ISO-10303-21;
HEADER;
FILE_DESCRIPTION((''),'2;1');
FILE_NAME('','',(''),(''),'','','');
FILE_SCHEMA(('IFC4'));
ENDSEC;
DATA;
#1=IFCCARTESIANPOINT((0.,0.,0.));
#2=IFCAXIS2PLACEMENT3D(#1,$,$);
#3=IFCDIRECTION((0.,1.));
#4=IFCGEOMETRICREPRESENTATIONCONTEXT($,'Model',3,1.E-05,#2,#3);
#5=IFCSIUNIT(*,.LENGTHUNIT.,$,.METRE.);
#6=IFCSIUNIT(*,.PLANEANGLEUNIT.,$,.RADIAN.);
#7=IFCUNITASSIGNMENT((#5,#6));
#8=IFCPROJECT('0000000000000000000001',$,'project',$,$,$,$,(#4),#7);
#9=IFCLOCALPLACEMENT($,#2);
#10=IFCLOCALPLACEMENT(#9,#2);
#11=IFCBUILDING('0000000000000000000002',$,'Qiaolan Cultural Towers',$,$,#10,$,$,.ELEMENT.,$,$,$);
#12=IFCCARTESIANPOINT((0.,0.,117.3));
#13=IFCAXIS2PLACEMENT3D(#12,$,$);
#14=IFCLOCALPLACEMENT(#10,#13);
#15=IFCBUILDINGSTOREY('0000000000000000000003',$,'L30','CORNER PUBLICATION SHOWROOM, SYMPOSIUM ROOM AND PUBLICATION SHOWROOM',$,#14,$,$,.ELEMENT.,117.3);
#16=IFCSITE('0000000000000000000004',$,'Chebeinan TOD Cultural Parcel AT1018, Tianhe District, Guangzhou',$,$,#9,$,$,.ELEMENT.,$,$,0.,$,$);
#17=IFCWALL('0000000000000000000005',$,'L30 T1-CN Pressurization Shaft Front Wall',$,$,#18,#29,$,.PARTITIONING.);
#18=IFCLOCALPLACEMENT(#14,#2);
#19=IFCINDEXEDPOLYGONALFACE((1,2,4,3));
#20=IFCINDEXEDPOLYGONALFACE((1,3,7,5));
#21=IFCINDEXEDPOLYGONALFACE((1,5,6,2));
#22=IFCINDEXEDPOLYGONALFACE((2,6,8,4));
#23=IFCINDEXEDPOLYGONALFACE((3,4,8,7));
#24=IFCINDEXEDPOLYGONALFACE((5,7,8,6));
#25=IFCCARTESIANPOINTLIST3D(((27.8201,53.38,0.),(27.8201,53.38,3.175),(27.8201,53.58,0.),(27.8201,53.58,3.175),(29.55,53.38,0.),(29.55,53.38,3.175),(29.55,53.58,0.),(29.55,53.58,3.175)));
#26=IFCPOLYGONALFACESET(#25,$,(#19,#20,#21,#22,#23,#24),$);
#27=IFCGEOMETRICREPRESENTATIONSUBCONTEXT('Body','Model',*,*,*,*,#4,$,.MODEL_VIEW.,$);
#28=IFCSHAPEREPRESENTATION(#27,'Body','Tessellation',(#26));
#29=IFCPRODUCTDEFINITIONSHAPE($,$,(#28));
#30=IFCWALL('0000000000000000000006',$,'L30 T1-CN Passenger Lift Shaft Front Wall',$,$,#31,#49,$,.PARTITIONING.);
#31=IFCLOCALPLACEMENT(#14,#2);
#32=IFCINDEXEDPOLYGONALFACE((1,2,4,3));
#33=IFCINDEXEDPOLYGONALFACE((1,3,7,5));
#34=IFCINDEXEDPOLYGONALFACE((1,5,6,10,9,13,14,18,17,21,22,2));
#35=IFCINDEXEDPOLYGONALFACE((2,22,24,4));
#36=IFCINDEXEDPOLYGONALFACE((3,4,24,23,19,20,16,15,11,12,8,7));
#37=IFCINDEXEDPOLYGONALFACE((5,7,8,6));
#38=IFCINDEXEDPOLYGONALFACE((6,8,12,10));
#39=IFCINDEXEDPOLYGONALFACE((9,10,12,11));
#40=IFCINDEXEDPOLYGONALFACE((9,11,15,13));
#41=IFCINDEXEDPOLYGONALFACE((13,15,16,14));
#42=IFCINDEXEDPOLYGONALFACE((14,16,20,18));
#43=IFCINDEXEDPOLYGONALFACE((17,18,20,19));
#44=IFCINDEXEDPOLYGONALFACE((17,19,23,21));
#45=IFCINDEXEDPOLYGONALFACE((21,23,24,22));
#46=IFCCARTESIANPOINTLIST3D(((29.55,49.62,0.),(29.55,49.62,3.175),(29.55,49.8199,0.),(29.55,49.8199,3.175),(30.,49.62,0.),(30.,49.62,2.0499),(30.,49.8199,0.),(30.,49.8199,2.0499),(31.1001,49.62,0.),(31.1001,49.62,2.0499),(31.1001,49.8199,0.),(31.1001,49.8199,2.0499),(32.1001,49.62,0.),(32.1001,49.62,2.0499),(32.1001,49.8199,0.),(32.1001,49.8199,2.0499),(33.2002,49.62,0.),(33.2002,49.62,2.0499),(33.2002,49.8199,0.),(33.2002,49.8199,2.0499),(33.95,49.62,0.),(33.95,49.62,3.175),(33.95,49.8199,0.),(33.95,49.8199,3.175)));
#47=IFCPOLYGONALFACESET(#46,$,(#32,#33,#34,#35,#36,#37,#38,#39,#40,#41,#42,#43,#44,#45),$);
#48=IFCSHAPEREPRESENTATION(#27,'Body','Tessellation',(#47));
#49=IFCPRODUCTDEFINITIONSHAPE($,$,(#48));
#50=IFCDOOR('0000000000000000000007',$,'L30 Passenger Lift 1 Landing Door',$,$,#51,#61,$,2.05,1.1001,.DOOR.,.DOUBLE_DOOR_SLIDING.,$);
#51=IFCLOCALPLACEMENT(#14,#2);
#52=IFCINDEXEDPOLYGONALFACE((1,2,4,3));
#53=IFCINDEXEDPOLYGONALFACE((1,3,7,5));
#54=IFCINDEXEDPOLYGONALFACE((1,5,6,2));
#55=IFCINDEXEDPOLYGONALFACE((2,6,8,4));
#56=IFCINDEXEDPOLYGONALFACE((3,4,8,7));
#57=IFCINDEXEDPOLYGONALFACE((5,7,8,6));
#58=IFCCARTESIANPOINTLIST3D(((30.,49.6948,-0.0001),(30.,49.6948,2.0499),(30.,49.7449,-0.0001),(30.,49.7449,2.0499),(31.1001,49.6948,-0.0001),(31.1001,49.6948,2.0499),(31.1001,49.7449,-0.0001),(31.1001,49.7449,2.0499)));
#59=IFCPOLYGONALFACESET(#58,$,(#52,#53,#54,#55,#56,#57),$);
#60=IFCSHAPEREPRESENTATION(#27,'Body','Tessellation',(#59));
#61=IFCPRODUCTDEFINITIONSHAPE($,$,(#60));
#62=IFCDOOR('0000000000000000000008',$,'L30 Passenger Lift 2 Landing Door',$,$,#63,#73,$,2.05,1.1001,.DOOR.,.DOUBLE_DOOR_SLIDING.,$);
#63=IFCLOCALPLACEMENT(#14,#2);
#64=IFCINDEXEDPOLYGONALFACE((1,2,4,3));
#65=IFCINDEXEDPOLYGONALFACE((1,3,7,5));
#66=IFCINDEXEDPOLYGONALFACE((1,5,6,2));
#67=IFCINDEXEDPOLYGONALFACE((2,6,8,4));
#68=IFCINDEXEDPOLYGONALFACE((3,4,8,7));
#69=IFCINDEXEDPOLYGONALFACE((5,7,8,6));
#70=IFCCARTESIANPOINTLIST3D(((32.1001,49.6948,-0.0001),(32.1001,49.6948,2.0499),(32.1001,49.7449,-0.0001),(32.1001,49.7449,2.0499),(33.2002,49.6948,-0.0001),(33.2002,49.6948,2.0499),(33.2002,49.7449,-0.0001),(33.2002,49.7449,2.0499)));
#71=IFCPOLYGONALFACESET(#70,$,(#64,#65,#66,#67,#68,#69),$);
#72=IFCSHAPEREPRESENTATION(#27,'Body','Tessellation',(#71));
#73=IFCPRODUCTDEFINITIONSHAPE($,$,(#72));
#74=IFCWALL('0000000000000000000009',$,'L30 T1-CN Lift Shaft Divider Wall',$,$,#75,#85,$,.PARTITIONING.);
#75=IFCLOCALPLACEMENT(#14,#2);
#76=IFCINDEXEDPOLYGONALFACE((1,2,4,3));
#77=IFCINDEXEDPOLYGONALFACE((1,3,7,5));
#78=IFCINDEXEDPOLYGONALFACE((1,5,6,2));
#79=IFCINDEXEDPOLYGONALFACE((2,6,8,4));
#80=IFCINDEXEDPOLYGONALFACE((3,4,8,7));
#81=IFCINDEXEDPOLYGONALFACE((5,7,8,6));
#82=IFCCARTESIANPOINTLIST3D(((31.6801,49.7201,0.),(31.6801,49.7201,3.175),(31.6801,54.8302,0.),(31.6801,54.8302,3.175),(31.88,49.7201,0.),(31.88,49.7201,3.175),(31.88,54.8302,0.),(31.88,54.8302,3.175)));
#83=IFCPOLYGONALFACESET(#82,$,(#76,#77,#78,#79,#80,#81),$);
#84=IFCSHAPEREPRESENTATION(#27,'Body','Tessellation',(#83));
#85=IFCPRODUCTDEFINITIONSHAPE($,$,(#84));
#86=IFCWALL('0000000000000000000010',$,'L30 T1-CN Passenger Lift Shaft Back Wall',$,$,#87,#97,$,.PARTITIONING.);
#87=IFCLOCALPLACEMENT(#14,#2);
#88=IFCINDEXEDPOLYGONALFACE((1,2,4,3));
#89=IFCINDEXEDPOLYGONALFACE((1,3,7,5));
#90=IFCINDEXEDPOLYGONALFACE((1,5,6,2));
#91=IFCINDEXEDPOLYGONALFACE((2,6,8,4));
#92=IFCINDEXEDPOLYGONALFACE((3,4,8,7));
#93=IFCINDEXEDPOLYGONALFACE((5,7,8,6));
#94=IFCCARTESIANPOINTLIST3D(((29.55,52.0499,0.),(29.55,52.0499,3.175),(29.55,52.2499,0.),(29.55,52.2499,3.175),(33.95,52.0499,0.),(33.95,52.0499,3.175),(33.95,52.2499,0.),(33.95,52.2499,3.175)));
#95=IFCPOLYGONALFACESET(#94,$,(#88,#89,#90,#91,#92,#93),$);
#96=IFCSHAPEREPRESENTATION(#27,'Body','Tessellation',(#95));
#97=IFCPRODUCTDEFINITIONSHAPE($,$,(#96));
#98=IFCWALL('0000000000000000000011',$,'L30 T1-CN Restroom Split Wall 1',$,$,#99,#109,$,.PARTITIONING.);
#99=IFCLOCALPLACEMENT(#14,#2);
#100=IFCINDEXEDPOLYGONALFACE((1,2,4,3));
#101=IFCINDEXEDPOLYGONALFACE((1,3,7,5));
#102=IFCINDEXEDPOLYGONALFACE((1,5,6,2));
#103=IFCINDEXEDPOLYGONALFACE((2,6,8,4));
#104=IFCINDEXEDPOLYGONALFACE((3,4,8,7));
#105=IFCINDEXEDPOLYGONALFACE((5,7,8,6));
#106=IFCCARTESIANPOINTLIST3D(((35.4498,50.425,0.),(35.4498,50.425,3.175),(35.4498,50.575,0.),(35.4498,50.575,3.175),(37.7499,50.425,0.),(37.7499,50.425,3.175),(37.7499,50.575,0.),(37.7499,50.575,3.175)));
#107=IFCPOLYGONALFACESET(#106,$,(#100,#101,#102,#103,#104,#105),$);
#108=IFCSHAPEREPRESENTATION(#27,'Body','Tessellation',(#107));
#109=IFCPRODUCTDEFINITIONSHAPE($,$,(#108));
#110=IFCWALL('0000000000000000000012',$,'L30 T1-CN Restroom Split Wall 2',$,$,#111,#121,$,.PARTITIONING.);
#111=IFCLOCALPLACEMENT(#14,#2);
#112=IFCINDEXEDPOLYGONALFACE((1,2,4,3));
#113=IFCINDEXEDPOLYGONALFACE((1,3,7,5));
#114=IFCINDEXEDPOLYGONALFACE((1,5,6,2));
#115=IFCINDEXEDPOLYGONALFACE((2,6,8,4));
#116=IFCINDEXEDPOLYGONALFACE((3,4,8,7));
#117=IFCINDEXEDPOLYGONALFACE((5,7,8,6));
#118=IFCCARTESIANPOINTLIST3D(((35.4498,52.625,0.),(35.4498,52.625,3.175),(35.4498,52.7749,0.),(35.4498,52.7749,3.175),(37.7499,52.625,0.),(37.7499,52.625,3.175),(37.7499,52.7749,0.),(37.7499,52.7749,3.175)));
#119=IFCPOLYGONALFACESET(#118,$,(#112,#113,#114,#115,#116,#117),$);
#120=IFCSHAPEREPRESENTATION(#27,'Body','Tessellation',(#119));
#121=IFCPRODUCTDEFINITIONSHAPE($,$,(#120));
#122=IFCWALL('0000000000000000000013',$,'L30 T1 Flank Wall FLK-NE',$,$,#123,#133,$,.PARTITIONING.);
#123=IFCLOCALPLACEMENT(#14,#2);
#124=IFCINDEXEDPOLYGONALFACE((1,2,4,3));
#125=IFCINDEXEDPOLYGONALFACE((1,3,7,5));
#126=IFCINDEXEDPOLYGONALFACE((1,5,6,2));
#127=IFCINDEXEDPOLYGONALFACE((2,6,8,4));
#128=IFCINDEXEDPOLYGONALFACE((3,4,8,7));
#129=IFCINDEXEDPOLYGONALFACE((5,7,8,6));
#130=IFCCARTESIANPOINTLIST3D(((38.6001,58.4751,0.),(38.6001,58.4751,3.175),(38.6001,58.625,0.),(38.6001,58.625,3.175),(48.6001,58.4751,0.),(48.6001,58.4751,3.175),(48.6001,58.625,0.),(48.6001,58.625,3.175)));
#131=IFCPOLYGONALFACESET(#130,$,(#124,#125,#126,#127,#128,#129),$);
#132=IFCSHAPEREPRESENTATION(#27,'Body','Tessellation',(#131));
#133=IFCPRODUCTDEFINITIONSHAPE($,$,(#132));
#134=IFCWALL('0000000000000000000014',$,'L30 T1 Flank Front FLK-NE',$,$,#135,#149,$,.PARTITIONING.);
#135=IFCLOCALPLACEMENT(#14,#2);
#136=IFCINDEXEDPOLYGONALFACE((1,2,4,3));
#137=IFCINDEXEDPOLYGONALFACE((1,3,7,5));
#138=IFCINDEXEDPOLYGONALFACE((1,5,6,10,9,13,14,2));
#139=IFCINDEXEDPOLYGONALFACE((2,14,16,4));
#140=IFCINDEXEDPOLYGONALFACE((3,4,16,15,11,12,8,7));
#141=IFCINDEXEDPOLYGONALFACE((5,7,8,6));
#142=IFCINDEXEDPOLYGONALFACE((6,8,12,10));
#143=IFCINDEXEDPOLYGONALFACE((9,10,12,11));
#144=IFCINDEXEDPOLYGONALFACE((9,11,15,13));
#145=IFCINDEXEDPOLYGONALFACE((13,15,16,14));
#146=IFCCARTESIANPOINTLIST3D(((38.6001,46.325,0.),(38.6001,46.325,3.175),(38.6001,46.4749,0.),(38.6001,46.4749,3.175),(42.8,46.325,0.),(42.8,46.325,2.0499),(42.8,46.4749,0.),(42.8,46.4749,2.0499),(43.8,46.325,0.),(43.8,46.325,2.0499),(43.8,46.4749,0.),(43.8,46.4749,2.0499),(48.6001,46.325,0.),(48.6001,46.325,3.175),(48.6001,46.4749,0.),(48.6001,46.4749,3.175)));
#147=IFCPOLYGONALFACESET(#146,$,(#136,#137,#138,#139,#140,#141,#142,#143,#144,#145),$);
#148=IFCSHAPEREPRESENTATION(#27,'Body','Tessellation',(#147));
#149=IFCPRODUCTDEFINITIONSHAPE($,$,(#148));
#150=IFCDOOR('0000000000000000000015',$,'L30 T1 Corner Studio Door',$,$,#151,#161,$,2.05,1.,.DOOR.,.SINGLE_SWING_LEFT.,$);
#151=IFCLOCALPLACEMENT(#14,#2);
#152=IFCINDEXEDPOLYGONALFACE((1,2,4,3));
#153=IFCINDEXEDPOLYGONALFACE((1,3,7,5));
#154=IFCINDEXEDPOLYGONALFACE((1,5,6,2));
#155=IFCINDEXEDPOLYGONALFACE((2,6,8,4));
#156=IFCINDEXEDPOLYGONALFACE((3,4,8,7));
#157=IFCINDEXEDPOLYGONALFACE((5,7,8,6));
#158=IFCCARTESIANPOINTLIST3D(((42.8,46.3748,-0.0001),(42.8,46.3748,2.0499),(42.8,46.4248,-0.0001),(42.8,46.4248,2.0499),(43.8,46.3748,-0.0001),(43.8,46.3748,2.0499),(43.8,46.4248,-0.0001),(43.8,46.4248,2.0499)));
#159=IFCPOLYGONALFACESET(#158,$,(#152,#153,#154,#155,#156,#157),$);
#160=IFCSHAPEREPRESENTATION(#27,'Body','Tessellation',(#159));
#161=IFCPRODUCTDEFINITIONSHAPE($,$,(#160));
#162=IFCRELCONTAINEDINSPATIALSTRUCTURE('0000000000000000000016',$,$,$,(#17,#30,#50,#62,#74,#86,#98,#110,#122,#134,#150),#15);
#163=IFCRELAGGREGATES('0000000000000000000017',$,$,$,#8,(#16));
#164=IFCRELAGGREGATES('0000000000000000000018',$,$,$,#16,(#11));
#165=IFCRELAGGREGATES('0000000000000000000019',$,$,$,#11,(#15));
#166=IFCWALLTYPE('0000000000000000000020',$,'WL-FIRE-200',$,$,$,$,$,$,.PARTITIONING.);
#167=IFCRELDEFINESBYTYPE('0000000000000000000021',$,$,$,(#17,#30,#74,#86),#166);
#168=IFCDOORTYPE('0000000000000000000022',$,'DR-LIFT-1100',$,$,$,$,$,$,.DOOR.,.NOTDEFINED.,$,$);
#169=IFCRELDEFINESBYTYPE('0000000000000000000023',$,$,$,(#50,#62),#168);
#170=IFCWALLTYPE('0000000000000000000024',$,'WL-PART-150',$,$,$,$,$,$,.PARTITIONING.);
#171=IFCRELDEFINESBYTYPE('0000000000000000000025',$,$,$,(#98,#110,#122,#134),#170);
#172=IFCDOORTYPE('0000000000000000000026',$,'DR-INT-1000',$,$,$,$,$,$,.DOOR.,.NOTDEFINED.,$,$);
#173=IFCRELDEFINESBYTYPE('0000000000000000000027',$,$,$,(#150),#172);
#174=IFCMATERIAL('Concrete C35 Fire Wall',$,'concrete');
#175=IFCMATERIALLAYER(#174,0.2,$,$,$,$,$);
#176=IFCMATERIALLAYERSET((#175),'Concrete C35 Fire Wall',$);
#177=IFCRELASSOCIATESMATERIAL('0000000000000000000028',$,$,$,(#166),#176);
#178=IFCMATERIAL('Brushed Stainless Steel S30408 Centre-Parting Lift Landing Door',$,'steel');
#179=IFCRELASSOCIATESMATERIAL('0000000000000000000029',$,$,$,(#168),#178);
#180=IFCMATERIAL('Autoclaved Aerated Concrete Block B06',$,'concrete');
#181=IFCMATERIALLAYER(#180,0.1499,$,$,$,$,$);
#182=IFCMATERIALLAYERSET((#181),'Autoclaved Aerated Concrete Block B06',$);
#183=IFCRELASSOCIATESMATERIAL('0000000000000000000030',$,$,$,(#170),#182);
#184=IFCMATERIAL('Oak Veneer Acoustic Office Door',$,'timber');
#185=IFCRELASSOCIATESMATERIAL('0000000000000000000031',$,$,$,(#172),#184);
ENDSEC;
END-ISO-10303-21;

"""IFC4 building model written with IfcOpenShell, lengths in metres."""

from ifc_helpers import new_model, si_unit, direction, frame, frame_2d, origin, place, context, subcontext, project, spatial, rectangle, extrude, material, layer, layer_set, type_object, element, fill, save


model = new_model("IFC4")

# Units and contexts
model_context = context("Model", 3, precision=1e-05, world=origin(), true_north=direction((0.0, 1.0)))
body_context = subcontext(model_context, "Body", "Model", "MODEL_VIEW")
ifc_project = project(units=[si_unit("LENGTHUNIT", "METRE"), si_unit("PLANEANGLEUNIT", "RADIAN")], contexts=[model_context])

# Site, building, storey
site_placement = place(None, origin())
site = spatial("IfcSite", under=ifc_project, at=site_placement, Name="Chebeinan TOD Cultural Parcel AT1018, Tianhe District, Guangzhou", CompositionType="ELEMENT", RefElevation=0.0)
building_placement = place(site_placement, origin())
building = spatial("IfcBuilding", under=site, at=building_placement, Name="Qiaolan Cultural Towers", CompositionType="ELEMENT")
storey_placement = place(building_placement, frame((0.0, 0.0, 117.3)))
storey = spatial("IfcBuildingStorey", under=building, at=storey_placement, Name="L30", Description="CORNER PUBLICATION SHOWROOM, SYMPOSIUM ROOM AND PUBLICATION SHOWROOM", CompositionType="ELEMENT", Elevation=117.3)

# Shared definitions
ifc_material_1 = material(Name="Concrete C35 Fire Wall", Category="concrete")
ifc_layer_1 = layer(ifc_material_1, 0.2)
ifc_layer_set_1 = layer_set([ifc_layer_1], Name="Concrete C35 Fire Wall")
wall_type_1 = type_object("IfcWallType", Name="WL-FIRE-200", PredefinedType="PARTITIONING", material=ifc_layer_set_1)
ifc_material_2 = material(Name="Brushed Stainless Steel S30408 Centre-Parting Lift Landing Door", Category="steel")
door_type_1 = type_object("IfcDoorType", Name="DR-LIFT-1100", OperationType="NOTDEFINED", PredefinedType="DOOR", material=ifc_material_2)

# Wall
wall_1_placement = place(storey_placement, frame((27.8201, 53.48, 0.0), z_axis=(0.0, 0.0, 1.0), x_axis=(1.0, 0.0, 0.0)))
element("IfcWall", 1, at=wall_1_placement, inside=storey, type_object=wall_type_1, Name="L30 T1-CN Pressurization Shaft Front Wall", PredefinedType="PARTITIONING", context=body_context, shape_type="SweptSolid", body=[
    extrude(rectangle(XDim=1.73, YDim=0.2, at=frame_2d((0.865, 0.0))), origin(), (0.0, 0.0, 1.0), 3.175),
])

# Wall, openings, doors
wall_2_placement = place(storey_placement, frame((29.55, 49.72, 0.0), z_axis=(0.0, 0.0, 1.0), x_axis=(1.0, 0.0, 0.0)))
wall_2 = element("IfcWall", 2, at=wall_2_placement, inside=storey, type_object=wall_type_1, Name="L30 T1-CN Passenger Lift Shaft Front Wall", PredefinedType="PARTITIONING", context=body_context, shape_type="SweptSolid", body=[
    extrude(rectangle(XDim=4.3999, YDim=0.2, at=frame_2d((2.2, 0.0))), origin(), (0.0, 0.0, 1.0), 3.175),
])
opening_1_placement = place(wall_2_placement, frame((0.45, 0.0, 0.0)))
opening_1 = element("IfcOpeningElement", 3, at=opening_1_placement, cuts=wall_2, PredefinedType="OPENING", context=body_context, shape_type="SweptSolid", body=[
    extrude(rectangle(XDim=1.1001, YDim=2.05, at=frame_2d((0.55, 1.0249))), frame((0.0, 0.1099, 0.0), z_axis=(0.0, -1.0, 0.0), x_axis=(1.0, 0.0, 0.0)), (0.0, 0.0, 1.0), 0.22),
])
opening_2_placement = place(wall_2_placement, frame((2.55, 0.0, 0.0)))
opening_2 = element("IfcOpeningElement", 4, at=opening_2_placement, cuts=wall_2, PredefinedType="OPENING", context=body_context, shape_type="SweptSolid", body=[
    extrude(rectangle(XDim=1.1001, YDim=2.05, at=frame_2d((0.55, 1.0249))), frame((0.0, 0.1099, 0.0), z_axis=(0.0, -1.0, 0.0), x_axis=(1.0, 0.0, 0.0)), (0.0, 0.0, 1.0), 0.22),
])
door_1_placement = place(opening_1_placement, origin())
door_1 = element("IfcDoor", 5, at=door_1_placement, inside=storey, type_object=door_type_1, Name="L30 Passenger Lift 1 Landing Door", OperationType="DOUBLE_DOOR_SLIDING", OverallHeight=2.05, OverallWidth=1.1001, PredefinedType="DOOR", context=body_context, shape_type="SweptSolid", body=[
    extrude(rectangle(XDim=1.1001, YDim=2.05, at=frame_2d((0.55, 1.0249))), frame((0.0, 0.0249, 0.0), z_axis=(0.0, -1.0, 0.0), x_axis=(1.0, 0.0, 0.0)), (0.0, 0.0, 1.0), 0.05),
])
fill(opening_1, door_1)
door_2_placement = place(opening_2_placement, origin())
door_2 = element("IfcDoor", 6, at=door_2_placement, inside=storey, type_object=door_type_1, Name="L30 Passenger Lift 2 Landing Door", OperationType="DOUBLE_DOOR_SLIDING", OverallHeight=2.05, OverallWidth=1.1001, PredefinedType="DOOR", context=body_context, shape_type="SweptSolid", body=[
    extrude(rectangle(XDim=1.1001, YDim=2.05, at=frame_2d((0.55, 1.0249))), frame((0.0, 0.0249, 0.0), z_axis=(0.0, -1.0, 0.0), x_axis=(1.0, 0.0, 0.0)), (0.0, 0.0, 1.0), 0.05),
])
fill(opening_2, door_2)

# Walls
wall_3_placement = place(storey_placement, frame((31.78, 49.72, 0.0), z_axis=(0.0, 0.0, 1.0), x_axis=(0.0, 1.0, 0.0)))
element("IfcWall", 7, at=wall_3_placement, inside=storey, type_object=wall_type_1, Name="L30 T1-CN Lift Shaft Divider Wall", PredefinedType="PARTITIONING", context=body_context, shape_type="SweptSolid", body=[
    extrude(rectangle(XDim=5.1101, YDim=0.2, at=frame_2d((2.5552, 0.0))), origin(), (0.0, 0.0, 1.0), 3.175),
])
wall_4_placement = place(storey_placement, frame((29.55, 52.1499, 0.0), z_axis=(0.0, 0.0, 1.0), x_axis=(1.0, 0.0, 0.0)))
element("IfcWall", 8, at=wall_4_placement, inside=storey, type_object=wall_type_1, Name="L30 T1-CN Passenger Lift Shaft Back Wall", PredefinedType="PARTITIONING", context=body_context, shape_type="SweptSolid", body=[
    extrude(rectangle(XDim=4.3999, YDim=0.2, at=frame_2d((2.2, 0.0))), origin(), (0.0, 0.0, 1.0), 3.175),
])
ifc_material_3 = material(Name="Autoclaved Aerated Concrete Block B06", Category="concrete")
ifc_layer_2 = layer(ifc_material_3, 0.1499)
ifc_layer_set_2 = layer_set([ifc_layer_2], Name="Autoclaved Aerated Concrete Block B06")
wall_type_2 = type_object("IfcWallType", Name="WL-PART-150", PredefinedType="PARTITIONING", material=ifc_layer_set_2)
for number, where, z_axis, x_axis, name in (
    (9, (35.45, 50.5, 0.0), (0.0, 0.0, 1.0), (1.0, 0.0, 0.0), "L30 T1-CN Restroom Split Wall 1"),
    (10, (35.45, 52.7, 0.0), (0.0, 0.0, 1.0), (1.0, 0.0, 0.0), "L30 T1-CN Restroom Split Wall 2"),
):
    element("IfcWall", number, at=place(storey_placement, frame(where, z_axis=z_axis, x_axis=x_axis)), inside=storey, type_object=wall_type_2, Name=name, PredefinedType="PARTITIONING", context=body_context, shape_type="SweptSolid", body=[
        extrude(rectangle(XDim=2.3, YDim=0.1499, at=frame_2d((1.1499, 0.0))), origin(), (0.0, 0.0, 1.0), 3.175),
    ])
wall_5_placement = place(storey_placement, frame((38.6001, 58.55, 0.0), z_axis=(0.0, 0.0, 1.0), x_axis=(1.0, 0.0, 0.0)))
element("IfcWall", 11, at=wall_5_placement, inside=storey, type_object=wall_type_2, Name="L30 T1 Flank Wall FLK-NE", PredefinedType="PARTITIONING", context=body_context, shape_type="SweptSolid", body=[
    extrude(rectangle(XDim=10.0, YDim=0.1499, at=frame_2d((5.0, 0.0))), origin(), (0.0, 0.0, 1.0), 3.175),
])

# Wall, opening, door
wall_6_placement = place(storey_placement, frame((38.6001, 46.3999, 0.0), z_axis=(0.0, 0.0, 1.0), x_axis=(1.0, 0.0, 0.0)))
wall_6 = element("IfcWall", 12, at=wall_6_placement, inside=storey, type_object=wall_type_2, Name="L30 T1 Flank Front FLK-NE", PredefinedType="PARTITIONING", context=body_context, shape_type="SweptSolid", body=[
    extrude(rectangle(XDim=10.0, YDim=0.1499, at=frame_2d((5.0, 0.0))), origin(), (0.0, 0.0, 1.0), 3.175),
])
opening_3_placement = place(wall_6_placement, frame((4.2, 0.0, 0.0)))
opening_3 = element("IfcOpeningElement", 13, at=opening_3_placement, cuts=wall_6, PredefinedType="OPENING", context=body_context, shape_type="SweptSolid", body=[
    extrude(rectangle(XDim=1.0, YDim=2.05, at=frame_2d((0.5, 1.0249))), frame((0.0, 0.085, 0.0), z_axis=(0.0, -1.0, 0.0), x_axis=(1.0, 0.0, 0.0)), (0.0, 0.0, 1.0), 0.1699),
])
ifc_material_4 = material(Name="Oak Veneer Acoustic Office Door", Category="timber")
door_type_2 = type_object("IfcDoorType", Name="DR-INT-1000", OperationType="NOTDEFINED", PredefinedType="DOOR", material=ifc_material_4)
door_3_placement = place(opening_3_placement, origin())
door_3 = element("IfcDoor", 14, at=door_3_placement, inside=storey, type_object=door_type_2, Name="L30 T1 Corner Studio Door", OperationType="SINGLE_SWING_LEFT", OverallHeight=2.05, OverallWidth=1.0, PredefinedType="DOOR", context=body_context, shape_type="SweptSolid", body=[
    extrude(rectangle(XDim=1.0, YDim=2.05, at=frame_2d((0.5, 1.0249))), frame((0.0, 0.0249, 0.0), z_axis=(0.0, -1.0, 0.0), x_axis=(1.0, 0.0, 0.0)), (0.0, 0.0, 1.0), 0.05),
])
fill(opening_3, door_3)

save(model, "model.ifc")
